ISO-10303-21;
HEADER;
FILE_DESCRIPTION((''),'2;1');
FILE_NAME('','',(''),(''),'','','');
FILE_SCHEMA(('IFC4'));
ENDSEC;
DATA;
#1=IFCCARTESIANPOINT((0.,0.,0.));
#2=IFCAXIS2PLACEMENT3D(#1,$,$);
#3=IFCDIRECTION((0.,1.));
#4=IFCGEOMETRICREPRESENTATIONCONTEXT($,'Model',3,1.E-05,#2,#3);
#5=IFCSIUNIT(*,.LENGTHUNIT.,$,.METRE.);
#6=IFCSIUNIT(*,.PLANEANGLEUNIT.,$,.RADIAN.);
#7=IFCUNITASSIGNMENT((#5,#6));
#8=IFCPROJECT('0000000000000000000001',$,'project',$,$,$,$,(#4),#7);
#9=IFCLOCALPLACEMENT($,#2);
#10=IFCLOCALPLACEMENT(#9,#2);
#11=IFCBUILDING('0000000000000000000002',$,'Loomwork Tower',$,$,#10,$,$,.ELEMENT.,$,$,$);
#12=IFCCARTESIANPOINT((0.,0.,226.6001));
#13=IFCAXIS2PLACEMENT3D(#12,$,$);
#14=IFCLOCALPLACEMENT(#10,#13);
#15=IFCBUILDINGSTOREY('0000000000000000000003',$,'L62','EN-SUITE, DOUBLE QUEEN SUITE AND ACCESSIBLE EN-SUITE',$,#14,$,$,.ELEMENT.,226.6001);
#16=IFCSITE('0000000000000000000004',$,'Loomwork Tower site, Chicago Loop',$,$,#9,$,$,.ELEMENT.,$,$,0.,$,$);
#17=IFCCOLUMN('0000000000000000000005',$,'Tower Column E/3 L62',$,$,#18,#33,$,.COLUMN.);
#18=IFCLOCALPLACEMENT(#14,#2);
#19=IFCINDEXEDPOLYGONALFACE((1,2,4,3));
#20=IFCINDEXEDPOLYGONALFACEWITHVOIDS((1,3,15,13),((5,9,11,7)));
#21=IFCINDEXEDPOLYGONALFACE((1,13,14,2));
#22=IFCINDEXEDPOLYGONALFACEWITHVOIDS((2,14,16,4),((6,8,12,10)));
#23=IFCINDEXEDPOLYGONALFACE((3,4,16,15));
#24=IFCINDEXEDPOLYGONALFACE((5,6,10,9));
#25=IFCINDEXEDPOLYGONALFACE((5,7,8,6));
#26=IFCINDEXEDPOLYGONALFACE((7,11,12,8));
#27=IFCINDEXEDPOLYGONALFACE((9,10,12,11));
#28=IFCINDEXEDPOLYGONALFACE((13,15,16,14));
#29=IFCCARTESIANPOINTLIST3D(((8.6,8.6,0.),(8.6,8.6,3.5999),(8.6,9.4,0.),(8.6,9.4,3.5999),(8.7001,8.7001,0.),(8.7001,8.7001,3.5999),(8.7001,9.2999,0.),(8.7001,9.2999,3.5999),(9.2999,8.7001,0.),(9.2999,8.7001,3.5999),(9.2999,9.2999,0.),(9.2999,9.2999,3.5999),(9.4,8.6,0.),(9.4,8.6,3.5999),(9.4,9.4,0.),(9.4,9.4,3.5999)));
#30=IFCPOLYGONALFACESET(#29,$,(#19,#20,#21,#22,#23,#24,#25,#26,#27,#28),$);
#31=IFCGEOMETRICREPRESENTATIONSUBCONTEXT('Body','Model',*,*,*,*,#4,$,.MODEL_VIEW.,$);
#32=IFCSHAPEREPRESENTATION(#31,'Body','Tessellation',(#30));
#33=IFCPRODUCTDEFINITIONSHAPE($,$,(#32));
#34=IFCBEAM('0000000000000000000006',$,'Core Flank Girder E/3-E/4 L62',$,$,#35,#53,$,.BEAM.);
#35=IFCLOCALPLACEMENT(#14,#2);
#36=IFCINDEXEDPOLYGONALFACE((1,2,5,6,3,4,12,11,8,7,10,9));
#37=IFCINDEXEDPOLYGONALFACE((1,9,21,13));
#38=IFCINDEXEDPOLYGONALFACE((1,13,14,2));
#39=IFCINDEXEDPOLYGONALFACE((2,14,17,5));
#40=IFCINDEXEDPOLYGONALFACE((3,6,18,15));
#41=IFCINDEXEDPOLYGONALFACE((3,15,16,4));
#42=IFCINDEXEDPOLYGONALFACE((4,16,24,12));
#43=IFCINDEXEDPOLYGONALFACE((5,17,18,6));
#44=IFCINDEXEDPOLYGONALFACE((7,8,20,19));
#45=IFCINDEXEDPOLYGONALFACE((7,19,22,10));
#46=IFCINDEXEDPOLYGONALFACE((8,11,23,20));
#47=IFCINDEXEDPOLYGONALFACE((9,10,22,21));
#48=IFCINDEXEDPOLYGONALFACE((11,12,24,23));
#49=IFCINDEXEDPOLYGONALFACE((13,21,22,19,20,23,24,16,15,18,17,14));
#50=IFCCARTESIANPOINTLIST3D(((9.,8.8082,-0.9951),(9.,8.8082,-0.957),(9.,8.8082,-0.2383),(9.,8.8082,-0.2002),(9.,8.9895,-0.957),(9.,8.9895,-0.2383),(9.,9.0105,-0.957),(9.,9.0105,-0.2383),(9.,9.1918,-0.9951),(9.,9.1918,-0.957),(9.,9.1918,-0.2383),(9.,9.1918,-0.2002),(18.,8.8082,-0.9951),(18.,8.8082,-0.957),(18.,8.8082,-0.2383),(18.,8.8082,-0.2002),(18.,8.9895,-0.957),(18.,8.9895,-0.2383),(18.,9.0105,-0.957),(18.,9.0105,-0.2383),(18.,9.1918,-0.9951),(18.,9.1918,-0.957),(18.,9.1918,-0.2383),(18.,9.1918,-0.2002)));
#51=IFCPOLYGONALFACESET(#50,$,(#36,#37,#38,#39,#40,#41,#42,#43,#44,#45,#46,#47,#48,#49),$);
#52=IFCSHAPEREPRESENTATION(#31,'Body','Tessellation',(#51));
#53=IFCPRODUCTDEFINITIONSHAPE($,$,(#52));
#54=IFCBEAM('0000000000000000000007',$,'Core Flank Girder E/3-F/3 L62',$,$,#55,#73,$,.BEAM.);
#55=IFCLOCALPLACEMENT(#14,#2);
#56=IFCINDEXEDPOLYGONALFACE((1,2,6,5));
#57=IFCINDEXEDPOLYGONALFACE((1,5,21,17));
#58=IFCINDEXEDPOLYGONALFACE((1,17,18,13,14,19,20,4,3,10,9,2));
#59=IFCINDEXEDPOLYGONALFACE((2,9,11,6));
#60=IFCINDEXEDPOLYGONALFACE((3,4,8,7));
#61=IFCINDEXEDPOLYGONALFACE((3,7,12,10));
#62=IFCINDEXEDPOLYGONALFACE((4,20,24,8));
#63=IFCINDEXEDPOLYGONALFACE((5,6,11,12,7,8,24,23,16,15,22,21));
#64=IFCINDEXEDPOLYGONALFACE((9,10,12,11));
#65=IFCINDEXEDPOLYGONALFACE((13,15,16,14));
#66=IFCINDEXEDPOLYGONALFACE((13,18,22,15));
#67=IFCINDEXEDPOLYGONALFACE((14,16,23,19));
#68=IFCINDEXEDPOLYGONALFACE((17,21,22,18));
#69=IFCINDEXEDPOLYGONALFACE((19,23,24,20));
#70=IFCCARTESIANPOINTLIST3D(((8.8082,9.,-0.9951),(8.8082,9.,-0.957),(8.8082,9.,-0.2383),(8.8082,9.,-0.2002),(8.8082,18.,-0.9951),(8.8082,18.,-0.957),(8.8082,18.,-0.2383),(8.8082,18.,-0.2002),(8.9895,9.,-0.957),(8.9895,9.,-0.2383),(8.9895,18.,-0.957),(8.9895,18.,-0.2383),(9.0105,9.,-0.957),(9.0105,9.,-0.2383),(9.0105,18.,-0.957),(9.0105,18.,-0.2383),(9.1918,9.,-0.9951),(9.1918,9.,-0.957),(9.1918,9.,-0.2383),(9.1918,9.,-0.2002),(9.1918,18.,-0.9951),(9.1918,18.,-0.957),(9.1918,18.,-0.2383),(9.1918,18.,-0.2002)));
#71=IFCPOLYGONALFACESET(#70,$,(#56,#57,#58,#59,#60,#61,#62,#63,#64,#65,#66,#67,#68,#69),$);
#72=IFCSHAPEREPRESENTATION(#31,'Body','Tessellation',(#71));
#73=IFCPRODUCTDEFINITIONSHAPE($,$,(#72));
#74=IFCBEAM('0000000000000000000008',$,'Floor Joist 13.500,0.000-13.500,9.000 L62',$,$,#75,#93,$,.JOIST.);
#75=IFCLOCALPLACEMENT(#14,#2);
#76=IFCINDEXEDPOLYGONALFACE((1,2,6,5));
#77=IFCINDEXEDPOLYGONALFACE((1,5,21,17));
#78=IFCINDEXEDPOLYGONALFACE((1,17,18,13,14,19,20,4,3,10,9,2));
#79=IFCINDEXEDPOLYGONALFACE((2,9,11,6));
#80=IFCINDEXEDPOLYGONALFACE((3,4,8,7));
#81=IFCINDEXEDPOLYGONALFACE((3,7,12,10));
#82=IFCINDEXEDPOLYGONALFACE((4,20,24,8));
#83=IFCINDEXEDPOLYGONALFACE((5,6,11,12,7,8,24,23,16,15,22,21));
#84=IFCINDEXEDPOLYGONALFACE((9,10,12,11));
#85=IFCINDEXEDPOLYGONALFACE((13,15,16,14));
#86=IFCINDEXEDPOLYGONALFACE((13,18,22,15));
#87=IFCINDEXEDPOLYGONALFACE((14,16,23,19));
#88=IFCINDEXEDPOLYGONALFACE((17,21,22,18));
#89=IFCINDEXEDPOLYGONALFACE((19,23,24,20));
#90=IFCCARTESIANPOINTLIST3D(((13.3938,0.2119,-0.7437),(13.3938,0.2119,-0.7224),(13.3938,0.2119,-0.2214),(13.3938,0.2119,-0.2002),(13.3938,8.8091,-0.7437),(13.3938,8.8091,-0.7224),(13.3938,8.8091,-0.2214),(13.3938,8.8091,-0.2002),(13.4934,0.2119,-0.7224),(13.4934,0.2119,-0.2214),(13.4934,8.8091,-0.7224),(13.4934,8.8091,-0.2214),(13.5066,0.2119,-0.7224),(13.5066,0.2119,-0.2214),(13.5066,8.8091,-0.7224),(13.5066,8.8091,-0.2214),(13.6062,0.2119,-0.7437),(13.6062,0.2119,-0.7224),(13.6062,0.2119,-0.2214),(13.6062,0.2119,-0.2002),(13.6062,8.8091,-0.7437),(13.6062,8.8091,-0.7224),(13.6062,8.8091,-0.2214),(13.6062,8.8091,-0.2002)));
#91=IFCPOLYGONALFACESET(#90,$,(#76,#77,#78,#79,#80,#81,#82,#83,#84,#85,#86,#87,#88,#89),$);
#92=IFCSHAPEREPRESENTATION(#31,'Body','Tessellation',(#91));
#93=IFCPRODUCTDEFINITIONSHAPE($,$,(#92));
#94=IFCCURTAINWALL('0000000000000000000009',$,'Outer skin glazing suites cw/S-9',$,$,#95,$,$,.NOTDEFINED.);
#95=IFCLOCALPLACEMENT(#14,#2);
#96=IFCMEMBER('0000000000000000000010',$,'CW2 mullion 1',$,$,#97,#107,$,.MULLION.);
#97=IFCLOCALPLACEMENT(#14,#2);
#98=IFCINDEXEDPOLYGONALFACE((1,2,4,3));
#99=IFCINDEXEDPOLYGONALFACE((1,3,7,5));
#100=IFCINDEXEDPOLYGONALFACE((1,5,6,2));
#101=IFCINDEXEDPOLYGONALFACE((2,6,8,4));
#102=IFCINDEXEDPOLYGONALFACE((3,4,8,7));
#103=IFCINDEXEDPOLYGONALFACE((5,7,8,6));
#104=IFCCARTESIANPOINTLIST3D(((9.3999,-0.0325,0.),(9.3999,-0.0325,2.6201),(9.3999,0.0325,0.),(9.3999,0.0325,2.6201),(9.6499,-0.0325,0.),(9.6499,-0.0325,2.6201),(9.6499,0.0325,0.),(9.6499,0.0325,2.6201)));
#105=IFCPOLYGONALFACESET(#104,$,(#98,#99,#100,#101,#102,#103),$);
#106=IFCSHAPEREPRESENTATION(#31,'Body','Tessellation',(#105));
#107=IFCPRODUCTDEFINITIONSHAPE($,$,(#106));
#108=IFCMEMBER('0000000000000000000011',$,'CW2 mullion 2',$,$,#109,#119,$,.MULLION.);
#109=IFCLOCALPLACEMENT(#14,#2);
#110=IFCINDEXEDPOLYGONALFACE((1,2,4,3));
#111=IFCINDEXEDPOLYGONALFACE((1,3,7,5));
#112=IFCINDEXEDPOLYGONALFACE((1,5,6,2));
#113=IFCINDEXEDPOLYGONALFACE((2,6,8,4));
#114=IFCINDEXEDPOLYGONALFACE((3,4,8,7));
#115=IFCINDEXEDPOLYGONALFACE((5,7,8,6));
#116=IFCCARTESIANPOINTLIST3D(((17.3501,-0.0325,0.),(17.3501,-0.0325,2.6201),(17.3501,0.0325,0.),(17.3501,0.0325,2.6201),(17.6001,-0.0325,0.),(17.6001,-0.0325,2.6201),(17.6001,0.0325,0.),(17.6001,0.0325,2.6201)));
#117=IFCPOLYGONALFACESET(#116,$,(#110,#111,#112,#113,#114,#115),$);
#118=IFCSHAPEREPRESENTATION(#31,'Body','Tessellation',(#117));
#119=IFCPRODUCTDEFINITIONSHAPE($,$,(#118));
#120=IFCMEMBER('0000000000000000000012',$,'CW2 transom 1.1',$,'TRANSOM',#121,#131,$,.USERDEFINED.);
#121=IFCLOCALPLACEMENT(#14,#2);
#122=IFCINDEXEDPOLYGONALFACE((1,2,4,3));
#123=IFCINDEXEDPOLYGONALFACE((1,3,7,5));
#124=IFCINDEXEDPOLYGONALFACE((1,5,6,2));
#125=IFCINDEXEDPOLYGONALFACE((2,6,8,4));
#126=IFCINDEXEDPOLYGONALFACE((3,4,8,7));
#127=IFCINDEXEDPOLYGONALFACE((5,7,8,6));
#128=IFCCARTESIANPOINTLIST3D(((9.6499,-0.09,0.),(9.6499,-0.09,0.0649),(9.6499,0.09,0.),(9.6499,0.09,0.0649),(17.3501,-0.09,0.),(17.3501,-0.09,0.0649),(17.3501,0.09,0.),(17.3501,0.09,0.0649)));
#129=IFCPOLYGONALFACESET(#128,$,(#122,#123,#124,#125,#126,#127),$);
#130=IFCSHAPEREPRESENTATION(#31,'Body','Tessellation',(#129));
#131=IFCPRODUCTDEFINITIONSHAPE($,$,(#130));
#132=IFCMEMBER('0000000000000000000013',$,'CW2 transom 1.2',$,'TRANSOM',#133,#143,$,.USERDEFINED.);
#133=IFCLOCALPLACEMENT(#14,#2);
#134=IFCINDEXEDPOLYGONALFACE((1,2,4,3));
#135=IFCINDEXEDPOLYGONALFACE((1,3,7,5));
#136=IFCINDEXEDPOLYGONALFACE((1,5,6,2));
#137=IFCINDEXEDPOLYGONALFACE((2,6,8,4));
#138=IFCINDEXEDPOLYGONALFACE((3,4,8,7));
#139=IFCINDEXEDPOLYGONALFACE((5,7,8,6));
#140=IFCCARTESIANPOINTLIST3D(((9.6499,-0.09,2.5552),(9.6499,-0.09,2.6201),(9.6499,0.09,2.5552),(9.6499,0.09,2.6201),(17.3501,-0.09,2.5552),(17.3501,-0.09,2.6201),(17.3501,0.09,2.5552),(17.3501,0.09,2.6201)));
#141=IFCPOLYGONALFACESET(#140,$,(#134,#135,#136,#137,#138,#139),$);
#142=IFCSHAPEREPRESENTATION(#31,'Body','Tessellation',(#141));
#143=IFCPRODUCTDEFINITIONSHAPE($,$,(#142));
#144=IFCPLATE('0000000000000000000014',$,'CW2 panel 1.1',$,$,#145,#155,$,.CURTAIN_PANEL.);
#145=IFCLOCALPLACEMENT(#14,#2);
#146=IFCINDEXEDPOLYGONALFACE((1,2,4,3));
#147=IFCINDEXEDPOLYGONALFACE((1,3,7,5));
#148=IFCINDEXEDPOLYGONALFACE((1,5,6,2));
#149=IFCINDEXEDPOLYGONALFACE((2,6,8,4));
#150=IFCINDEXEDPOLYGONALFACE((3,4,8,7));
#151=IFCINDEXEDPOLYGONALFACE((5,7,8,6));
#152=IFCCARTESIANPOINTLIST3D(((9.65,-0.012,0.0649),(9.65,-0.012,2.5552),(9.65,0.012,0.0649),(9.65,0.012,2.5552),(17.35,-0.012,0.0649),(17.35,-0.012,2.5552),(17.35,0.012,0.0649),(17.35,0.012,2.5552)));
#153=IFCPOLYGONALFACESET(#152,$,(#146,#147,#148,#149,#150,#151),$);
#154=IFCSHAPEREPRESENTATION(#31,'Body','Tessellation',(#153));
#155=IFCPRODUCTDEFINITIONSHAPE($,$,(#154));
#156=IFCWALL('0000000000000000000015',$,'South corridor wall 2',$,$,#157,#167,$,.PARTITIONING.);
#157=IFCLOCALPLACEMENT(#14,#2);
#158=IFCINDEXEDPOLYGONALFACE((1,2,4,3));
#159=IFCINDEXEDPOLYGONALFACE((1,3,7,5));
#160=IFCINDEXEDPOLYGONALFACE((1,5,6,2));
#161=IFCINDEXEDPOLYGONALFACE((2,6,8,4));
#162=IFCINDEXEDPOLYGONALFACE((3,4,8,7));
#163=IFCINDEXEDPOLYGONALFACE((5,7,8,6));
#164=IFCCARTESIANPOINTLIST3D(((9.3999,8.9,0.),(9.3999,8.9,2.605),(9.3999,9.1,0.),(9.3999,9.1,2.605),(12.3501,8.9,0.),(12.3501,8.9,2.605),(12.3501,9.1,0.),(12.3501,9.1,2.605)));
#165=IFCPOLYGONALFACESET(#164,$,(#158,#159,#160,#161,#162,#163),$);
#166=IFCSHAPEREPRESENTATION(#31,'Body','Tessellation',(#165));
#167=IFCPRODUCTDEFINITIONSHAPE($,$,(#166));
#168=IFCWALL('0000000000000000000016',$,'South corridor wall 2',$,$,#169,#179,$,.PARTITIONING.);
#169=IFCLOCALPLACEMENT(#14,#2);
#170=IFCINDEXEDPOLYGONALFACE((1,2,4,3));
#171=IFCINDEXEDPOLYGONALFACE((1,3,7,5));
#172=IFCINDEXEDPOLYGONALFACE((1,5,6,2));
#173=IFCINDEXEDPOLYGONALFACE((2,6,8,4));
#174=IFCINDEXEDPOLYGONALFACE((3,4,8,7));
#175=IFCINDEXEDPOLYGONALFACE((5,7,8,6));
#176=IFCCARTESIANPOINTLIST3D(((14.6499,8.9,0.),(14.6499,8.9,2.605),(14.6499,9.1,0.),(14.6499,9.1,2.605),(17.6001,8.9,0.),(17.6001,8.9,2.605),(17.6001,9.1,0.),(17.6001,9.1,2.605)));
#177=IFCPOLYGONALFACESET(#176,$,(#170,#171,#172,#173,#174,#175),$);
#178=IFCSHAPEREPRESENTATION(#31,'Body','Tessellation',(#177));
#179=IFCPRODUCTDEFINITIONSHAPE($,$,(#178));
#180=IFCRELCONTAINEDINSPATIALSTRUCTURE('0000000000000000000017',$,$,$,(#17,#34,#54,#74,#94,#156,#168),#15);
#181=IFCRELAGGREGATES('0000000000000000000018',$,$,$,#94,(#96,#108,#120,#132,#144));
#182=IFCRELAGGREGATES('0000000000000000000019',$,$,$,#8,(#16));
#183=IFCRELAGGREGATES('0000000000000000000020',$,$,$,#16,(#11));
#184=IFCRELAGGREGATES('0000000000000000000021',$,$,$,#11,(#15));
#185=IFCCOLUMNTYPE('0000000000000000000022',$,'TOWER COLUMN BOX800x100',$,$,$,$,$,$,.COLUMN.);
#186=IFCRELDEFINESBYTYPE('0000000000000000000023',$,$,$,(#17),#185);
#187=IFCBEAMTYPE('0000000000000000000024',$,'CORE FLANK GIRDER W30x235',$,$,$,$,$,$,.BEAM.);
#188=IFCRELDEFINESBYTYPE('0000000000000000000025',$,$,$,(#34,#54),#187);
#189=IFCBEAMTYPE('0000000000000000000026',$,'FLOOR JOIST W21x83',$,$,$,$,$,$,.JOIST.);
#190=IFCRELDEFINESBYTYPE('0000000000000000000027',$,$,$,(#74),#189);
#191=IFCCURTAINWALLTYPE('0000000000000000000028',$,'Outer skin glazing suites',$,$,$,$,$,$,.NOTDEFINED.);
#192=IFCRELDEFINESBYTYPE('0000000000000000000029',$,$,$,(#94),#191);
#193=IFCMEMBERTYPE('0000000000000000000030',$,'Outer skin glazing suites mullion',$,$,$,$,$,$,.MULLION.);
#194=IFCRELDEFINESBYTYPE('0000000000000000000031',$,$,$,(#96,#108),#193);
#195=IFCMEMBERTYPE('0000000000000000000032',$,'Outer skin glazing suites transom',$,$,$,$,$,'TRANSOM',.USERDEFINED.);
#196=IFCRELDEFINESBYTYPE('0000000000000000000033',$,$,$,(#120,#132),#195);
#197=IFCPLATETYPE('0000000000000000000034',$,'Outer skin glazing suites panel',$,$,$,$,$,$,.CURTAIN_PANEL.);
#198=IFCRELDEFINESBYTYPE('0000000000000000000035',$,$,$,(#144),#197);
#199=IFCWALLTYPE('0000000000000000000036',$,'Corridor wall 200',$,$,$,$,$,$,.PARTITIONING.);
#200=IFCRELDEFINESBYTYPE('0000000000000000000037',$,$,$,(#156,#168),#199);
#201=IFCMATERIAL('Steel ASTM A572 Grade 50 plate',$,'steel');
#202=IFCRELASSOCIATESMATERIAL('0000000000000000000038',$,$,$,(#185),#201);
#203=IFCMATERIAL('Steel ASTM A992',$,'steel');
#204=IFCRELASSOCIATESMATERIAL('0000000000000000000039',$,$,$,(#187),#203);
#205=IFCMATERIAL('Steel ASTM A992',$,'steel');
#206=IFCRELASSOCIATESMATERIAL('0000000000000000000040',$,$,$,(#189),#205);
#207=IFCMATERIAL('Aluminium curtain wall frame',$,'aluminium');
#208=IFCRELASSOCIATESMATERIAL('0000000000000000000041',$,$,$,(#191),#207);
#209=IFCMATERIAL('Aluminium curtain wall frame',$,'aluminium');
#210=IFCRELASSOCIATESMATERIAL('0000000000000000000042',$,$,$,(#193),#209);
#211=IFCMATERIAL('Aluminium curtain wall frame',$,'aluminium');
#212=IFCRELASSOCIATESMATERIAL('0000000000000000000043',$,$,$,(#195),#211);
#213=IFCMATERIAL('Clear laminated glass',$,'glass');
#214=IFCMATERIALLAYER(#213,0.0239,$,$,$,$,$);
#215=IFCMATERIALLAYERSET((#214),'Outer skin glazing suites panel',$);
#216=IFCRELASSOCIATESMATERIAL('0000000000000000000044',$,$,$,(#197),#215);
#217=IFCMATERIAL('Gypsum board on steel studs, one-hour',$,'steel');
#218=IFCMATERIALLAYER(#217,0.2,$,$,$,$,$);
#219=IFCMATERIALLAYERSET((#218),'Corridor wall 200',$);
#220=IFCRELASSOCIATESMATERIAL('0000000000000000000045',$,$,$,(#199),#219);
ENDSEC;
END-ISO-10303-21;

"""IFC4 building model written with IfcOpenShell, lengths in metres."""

from ifc_helpers import new_model, si_unit, direction, frame, frame_2d, origin, origin_2d, place, context, subcontext, project, spatial, rectangle, hollow_rectangle, i_section, extrude, material, layer, layer_set, material_profile, profile_set, type_object, element, aggregate, save


model = new_model("IFC4")

# Units and contexts
model_context = context("Model", 3, precision=1e-05, world=origin(), true_north=direction((0.0, 1.0)))
body_context = subcontext(model_context, "Body", "Model", "MODEL_VIEW")
ifc_project = project(units=[si_unit("LENGTHUNIT", "METRE"), si_unit("PLANEANGLEUNIT", "RADIAN")], contexts=[model_context])

# Site, building, storey
site_placement = place(None, origin())
site = spatial("IfcSite", under=ifc_project, at=site_placement, Name="Loomwork Tower site, Chicago Loop", CompositionType="ELEMENT", RefElevation=0.0)
building_placement = place(site_placement, origin())
building = spatial("IfcBuilding", under=site, at=building_placement, Name="Loomwork Tower", CompositionType="ELEMENT")
storey_placement = place(building_placement, frame((0.0, 0.0, 226.6001)))
storey = spatial("IfcBuildingStorey", under=building, at=storey_placement, Name="L62", Description="EN-SUITE, DOUBLE QUEEN SUITE AND ACCESSIBLE EN-SUITE", CompositionType="ELEMENT", Elevation=226.6001)

# Column
ifc_material_1 = material(Name="Steel ASTM A572 Grade 50 plate", Category="steel")
ifc_material_profile_1 = material_profile(ifc_material_1, hollow_rectangle(XDim=0.8, YDim=0.8, WallThickness=0.1001, at=origin_2d()), Name="BOX800x100")
ifc_profile_set_1 = profile_set([ifc_material_profile_1], Name="Steel ASTM A572 Grade 50 plate")
column_type = type_object("IfcColumnType", Name="TOWER COLUMN BOX800x100", PredefinedType="COLUMN", material=ifc_profile_set_1)
column_placement = place(storey_placement, frame((9.0, 9.0, 0.0), z_axis=(0.0, 0.0, 1.0), x_axis=(1.0, 0.0, 0.0)))
element("IfcColumn", 1, at=column_placement, inside=storey, type_object=column_type, Name="Tower Column E/3 L62", PredefinedType="COLUMN", context=body_context, shape_type="SweptSolid", body=[
    extrude(hollow_rectangle(XDim=0.8, YDim=0.8, WallThickness=0.1001, at=origin_2d()), origin(), (0.0, 0.0, 1.0), 3.5999),
])

# Beams
ifc_material_2 = material(Name="Steel ASTM A992", Category="steel")
ifc_material_profile_2 = material_profile(ifc_material_2, i_section(OverallWidth=0.3835, OverallDepth=0.7949, WebThickness=0.021, FlangeThickness=0.0381, at=origin_2d()), Name="W30x235")
ifc_profile_set_2 = profile_set([ifc_material_profile_2], Name="Steel ASTM A992")
beam_type_1 = type_object("IfcBeamType", Name="CORE FLANK GIRDER W30x235", PredefinedType="BEAM", material=ifc_profile_set_2)
for number, where, z_axis, x_axis, name in (
    (2, (9.0, 9.0, -0.5977), (1.0, 0.0, 0.0), (0.0, 1.0, 0.0), "Core Flank Girder E/3-E/4 L62"),
    (3, (9.0, 9.0, -0.5977), (0.0, 1.0, 0.0), (-1.0, 0.0, 0.0), "Core Flank Girder E/3-F/3 L62"),
):
    element("IfcBeam", number, at=place(storey_placement, frame(where, z_axis=z_axis, x_axis=x_axis)), inside=storey, type_object=beam_type_1, Name=name, PredefinedType="BEAM", context=body_context, shape_type="SweptSolid", body=[
        extrude(i_section(OverallWidth=0.3835, OverallDepth=0.7949, WebThickness=0.021, FlangeThickness=0.0381, at=origin_2d()), origin(), (0.0, 0.0, 1.0), 9.0),
    ])
ifc_material_3 = material(Name="Steel ASTM A992", Category="steel")
ifc_material_profile_3 = material_profile(ifc_material_3, i_section(OverallWidth=0.2124, OverallDepth=0.5435, WebThickness=0.0132, FlangeThickness=0.0212, at=origin_2d()), Name="W21x83")
ifc_profile_set_3 = profile_set([ifc_material_profile_3], Name="Steel ASTM A992")
beam_type_2 = type_object("IfcBeamType", Name="FLOOR JOIST W21x83", PredefinedType="JOIST", material=ifc_profile_set_3)
beam_placement = place(storey_placement, frame((13.5, 0.2119, -0.4719), z_axis=(0.0, 1.0, 0.0), x_axis=(-1.0, 0.0, 0.0)))
element("IfcBeam", 4, at=beam_placement, inside=storey, type_object=beam_type_2, Name="Floor Joist 13.500,0.000-13.500,9.000 L62", PredefinedType="JOIST", context=body_context, shape_type="SweptSolid", body=[
    extrude(i_section(OverallWidth=0.2124, OverallDepth=0.5435, WebThickness=0.0132, FlangeThickness=0.0212, at=origin_2d()), origin(), (0.0, 0.0, 1.0), 8.5972),
])

# Curtain wall, members, plate
ifc_material_4 = material(Name="Aluminium curtain wall frame", Category="aluminium")
curtain_wall_type = type_object("IfcCurtainWallType", Name="Outer skin glazing suites", PredefinedType="NOTDEFINED", material=ifc_material_4)
curtain_wall_placement = place(storey_placement, origin())
curtain_wall = element("IfcCurtainWall", 5, at=curtain_wall_placement, inside=storey, type_object=curtain_wall_type, Name="Outer skin glazing suites cw/S-9", PredefinedType="NOTDEFINED")
ifc_material_5 = material(Name="Aluminium curtain wall frame", Category="aluminium")
ifc_material_profile_4 = material_profile(ifc_material_5, rectangle(XDim=0.0649, YDim=0.25, at=origin_2d()), Name="AL 65x250")
ifc_profile_set_4 = profile_set([ifc_material_profile_4], Name="Aluminium curtain wall frame")
member_type_1 = type_object("IfcMemberType", Name="Outer skin glazing suites mullion", PredefinedType="MULLION", material=ifc_profile_set_4)
member_1_placement = place(storey_placement, frame((9.5249, 0.0, 0.0), z_axis=(0.0, 0.0, 1.0), x_axis=(0.0, 1.0, 0.0)))
member_1 = element("IfcMember", 6, at=member_1_placement, type_object=member_type_1, Name="CW2 mullion 1", PredefinedType="MULLION", context=body_context, shape_type="SweptSolid", body=[
    extrude(rectangle(XDim=0.0649, YDim=0.25, at=origin_2d()), origin(), (0.0, 0.0, 1.0), 2.6201),
])
member_2_placement = place(storey_placement, frame((17.4751, 0.0, 0.0), z_axis=(0.0, 0.0, 1.0), x_axis=(0.0, 1.0, 0.0)))
member_2 = element("IfcMember", 7, at=member_2_placement, type_object=member_type_1, Name="CW2 mullion 2", PredefinedType="MULLION", context=body_context, shape_type="SweptSolid", body=[
    extrude(rectangle(XDim=0.0649, YDim=0.25, at=origin_2d()), origin(), (0.0, 0.0, 1.0), 2.6201),
])
ifc_material_6 = material(Name="Aluminium curtain wall frame", Category="aluminium")
ifc_material_profile_5 = material_profile(ifc_material_6, rectangle(XDim=0.1799, YDim=0.0649, at=origin_2d()), Name="AL 65x180")
ifc_profile_set_5 = profile_set([ifc_material_profile_5], Name="Aluminium curtain wall frame")
member_type_2 = type_object("IfcMemberType", Name="Outer skin glazing suites transom", ElementType="TRANSOM", PredefinedType="USERDEFINED", material=ifc_profile_set_5)
member_3_placement = place(storey_placement, frame((9.6499, 0.0, 0.0325), z_axis=(1.0, 0.0, 0.0), x_axis=(0.0, 1.0, 0.0)))
member_3 = element("IfcMember", 8, at=member_3_placement, type_object=member_type_2, Name="CW2 transom 1.1", ObjectType="TRANSOM", PredefinedType="USERDEFINED", context=body_context, shape_type="SweptSolid", body=[
    extrude(rectangle(XDim=0.1799, YDim=0.0649, at=origin_2d()), origin(), (0.0, 0.0, 1.0), 7.7002),
])
member_4_placement = place(storey_placement, frame((9.6499, 0.0, 2.5876), z_axis=(1.0, 0.0, 0.0), x_axis=(0.0, 1.0, 0.0)))
member_4 = element("IfcMember", 9, at=member_4_placement, type_object=member_type_2, Name="CW2 transom 1.2", ObjectType="TRANSOM", PredefinedType="USERDEFINED", context=body_context, shape_type="SweptSolid", body=[
    extrude(rectangle(XDim=0.1799, YDim=0.0649, at=origin_2d()), origin(), (0.0, 0.0, 1.0), 7.7002),
])
ifc_material_7 = material(Name="Clear laminated glass", Category="glass")
ifc_layer_1 = layer(ifc_material_7, 0.0239)
ifc_layer_set_1 = layer_set([ifc_layer_1], Name="Outer skin glazing suites panel")
plate_type = type_object("IfcPlateType", Name="Outer skin glazing suites panel", PredefinedType="CURTAIN_PANEL", material=ifc_layer_set_1)
plate_placement = place(storey_placement, frame((13.5, 0.0, 0.0649), z_axis=(0.0, 0.0, 1.0), x_axis=(1.0, 0.0, 0.0)))
plate = element("IfcPlate", 10, at=plate_placement, type_object=plate_type, Name="CW2 panel 1.1", PredefinedType="CURTAIN_PANEL", context=body_context, shape_type="SweptSolid", body=[
    extrude(rectangle(XDim=7.7, YDim=0.0239, at=origin_2d()), origin(), (0.0, 0.0, 1.0), 2.4902),
])
aggregate(curtain_wall, [member_1, member_2, member_3, member_4, plate])

# Walls
ifc_material_8 = material(Name="Gypsum board on steel studs, one-hour", Category="steel")
ifc_layer_2 = layer(ifc_material_8, 0.2)
ifc_layer_set_2 = layer_set([ifc_layer_2], Name="Corridor wall 200")
wall_type_1 = type_object("IfcWallType", Name="Corridor wall 200", PredefinedType="PARTITIONING", material=ifc_layer_set_2)
for number, where, z_axis, x_axis, name in (
    (11, (9.3999, 9.0, 0.0), (0.0, 0.0, 1.0), (1.0, 0.0, 0.0), "South corridor wall 2"),
    (12, (14.6499, 9.0, 0.0), (0.0, 0.0, 1.0), (1.0, 0.0, 0.0), "South corridor wall 2"),
):
    element("IfcWall", number, at=place(storey_placement, frame(where, z_axis=z_axis, x_axis=x_axis)), inside=storey, type_object=wall_type_1, Name=name, PredefinedType="PARTITIONING", context=body_context, shape_type="SweptSolid", body=[
        extrude(rectangle(XDim=2.9502, YDim=0.2, at=frame_2d((1.4751, 0.0))), origin(), (0.0, 0.0, 1.0), 2.605),
    ])

save(model, "model.ifc")
